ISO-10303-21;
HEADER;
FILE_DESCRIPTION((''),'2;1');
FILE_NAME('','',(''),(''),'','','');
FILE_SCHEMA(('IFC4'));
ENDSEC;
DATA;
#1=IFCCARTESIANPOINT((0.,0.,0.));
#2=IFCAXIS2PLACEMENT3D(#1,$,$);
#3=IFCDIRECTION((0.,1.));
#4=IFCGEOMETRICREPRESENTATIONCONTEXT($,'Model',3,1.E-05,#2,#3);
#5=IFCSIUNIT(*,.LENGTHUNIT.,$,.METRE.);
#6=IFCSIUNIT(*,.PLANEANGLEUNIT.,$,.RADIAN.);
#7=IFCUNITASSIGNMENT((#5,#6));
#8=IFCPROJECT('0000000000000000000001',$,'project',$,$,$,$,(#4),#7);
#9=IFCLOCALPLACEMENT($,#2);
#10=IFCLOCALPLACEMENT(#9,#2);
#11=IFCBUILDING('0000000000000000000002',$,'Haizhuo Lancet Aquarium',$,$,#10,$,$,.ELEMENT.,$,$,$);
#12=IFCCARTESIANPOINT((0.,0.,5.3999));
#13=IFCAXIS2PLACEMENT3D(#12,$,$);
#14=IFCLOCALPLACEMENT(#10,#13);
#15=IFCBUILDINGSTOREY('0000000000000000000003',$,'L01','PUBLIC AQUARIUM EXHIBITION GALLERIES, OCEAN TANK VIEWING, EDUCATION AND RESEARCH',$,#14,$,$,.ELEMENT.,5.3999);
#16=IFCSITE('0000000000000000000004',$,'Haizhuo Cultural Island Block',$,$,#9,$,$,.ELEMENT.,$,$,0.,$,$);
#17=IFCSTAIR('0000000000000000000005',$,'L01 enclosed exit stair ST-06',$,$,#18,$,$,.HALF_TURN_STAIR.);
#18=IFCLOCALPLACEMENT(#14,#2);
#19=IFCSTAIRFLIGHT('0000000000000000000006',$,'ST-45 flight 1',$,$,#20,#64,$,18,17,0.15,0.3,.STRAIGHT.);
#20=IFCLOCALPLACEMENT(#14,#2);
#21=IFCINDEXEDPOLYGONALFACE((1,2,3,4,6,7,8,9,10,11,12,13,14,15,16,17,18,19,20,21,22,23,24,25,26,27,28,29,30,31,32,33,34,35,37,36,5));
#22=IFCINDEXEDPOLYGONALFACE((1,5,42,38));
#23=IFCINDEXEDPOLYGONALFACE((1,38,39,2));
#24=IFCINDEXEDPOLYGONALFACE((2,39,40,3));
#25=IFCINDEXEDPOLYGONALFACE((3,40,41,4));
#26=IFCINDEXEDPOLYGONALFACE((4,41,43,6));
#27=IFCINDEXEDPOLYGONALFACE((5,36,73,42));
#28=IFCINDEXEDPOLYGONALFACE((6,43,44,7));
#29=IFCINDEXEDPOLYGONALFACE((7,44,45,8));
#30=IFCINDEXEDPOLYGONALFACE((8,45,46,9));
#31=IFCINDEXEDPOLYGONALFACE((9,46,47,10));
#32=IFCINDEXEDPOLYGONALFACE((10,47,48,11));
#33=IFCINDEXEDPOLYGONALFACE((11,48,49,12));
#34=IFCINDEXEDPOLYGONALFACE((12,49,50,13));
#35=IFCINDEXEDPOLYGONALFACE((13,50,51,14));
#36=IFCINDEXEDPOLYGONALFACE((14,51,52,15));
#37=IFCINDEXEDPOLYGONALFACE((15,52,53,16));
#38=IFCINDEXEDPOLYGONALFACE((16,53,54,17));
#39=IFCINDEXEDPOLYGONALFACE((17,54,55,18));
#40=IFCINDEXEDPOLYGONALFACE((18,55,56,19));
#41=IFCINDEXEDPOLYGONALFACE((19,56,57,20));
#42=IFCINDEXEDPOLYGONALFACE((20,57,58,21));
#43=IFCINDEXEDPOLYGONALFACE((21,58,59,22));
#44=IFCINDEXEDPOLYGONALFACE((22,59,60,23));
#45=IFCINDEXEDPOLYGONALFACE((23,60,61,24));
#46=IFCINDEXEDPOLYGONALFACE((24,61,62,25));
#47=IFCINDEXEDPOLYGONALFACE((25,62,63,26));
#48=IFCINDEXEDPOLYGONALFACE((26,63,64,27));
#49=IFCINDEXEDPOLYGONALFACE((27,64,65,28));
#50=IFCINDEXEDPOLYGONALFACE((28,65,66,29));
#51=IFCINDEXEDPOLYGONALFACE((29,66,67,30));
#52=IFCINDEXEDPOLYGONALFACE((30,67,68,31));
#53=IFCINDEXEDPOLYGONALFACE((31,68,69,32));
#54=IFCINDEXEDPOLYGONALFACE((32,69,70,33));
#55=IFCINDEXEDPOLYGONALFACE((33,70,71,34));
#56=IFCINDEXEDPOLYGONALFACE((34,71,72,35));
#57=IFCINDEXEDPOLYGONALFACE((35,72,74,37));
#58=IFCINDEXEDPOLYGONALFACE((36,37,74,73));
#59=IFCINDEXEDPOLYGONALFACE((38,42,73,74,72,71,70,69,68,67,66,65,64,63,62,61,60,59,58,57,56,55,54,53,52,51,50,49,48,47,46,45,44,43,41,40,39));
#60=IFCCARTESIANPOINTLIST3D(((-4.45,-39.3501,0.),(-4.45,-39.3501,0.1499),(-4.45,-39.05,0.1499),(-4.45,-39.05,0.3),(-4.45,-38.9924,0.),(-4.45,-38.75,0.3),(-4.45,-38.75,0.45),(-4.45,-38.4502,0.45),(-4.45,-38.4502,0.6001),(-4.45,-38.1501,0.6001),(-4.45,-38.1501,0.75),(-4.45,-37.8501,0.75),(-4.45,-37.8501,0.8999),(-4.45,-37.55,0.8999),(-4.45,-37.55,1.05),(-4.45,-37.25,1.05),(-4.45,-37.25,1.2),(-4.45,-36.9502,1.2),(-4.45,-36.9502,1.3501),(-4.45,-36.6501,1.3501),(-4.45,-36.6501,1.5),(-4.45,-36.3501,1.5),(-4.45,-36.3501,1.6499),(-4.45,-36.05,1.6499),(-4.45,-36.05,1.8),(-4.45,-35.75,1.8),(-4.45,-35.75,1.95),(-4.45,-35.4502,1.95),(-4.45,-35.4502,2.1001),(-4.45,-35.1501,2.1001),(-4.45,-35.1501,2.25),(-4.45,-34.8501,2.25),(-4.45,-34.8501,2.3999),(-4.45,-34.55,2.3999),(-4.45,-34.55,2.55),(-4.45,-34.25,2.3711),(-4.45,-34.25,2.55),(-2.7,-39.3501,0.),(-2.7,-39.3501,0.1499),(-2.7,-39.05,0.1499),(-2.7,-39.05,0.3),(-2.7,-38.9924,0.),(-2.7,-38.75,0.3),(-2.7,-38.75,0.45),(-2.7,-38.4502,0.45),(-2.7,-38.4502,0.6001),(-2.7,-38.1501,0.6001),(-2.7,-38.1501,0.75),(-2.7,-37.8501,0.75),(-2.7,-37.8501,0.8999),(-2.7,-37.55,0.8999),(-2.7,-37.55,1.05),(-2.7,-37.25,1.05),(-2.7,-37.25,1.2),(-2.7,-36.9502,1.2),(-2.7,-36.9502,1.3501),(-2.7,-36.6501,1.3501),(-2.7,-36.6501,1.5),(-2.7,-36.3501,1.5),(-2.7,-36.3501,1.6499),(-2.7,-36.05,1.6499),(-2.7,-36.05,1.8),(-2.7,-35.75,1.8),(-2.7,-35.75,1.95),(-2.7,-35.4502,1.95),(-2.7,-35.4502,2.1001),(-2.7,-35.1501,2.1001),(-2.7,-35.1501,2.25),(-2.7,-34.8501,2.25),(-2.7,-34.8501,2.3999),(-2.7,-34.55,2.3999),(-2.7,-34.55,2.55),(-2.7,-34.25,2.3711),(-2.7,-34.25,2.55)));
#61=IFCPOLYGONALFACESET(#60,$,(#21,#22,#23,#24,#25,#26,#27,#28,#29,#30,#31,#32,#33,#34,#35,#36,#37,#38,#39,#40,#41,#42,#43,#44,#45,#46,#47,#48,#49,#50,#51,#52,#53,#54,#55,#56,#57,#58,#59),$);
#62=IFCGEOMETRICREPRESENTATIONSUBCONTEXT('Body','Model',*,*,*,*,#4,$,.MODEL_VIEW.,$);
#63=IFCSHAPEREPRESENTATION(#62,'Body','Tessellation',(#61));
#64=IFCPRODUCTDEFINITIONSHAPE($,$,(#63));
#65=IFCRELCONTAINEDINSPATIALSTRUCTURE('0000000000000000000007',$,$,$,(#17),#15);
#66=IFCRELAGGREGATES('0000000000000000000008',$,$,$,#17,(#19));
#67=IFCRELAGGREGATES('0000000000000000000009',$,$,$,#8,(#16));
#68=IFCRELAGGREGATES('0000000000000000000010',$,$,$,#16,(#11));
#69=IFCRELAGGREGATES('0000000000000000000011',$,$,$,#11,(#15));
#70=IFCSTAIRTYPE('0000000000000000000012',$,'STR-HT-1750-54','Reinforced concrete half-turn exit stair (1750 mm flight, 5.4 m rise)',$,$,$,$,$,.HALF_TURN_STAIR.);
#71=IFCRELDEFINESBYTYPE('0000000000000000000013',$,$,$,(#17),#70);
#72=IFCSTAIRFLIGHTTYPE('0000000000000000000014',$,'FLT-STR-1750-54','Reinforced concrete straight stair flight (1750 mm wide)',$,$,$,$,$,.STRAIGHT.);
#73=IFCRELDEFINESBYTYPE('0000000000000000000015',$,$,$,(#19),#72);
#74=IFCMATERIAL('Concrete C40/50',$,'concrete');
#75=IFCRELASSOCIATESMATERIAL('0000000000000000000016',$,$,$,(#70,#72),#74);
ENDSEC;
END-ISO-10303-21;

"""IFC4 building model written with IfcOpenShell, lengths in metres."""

from ifc_helpers import new_model, si_unit, direction, frame, origin, place, context, subcontext, project, spatial, polyline, outline, extrude, material, type_object, element, aggregate, save


model = new_model("IFC4")

# Units and contexts
model_context = context("Model", 3, precision=1e-05, world=origin(), true_north=direction((0.0, 1.0)))
body_context = subcontext(model_context, "Body", "Model", "MODEL_VIEW")
ifc_project = project(units=[si_unit("LENGTHUNIT", "METRE"), si_unit("PLANEANGLEUNIT", "RADIAN")], contexts=[model_context])

# Site, building, storey
site_placement = place(None, origin())
site = spatial("IfcSite", under=ifc_project, at=site_placement, Name="Haizhuo Cultural Island Block", CompositionType="ELEMENT", RefElevation=0.0)
building_placement = place(site_placement, origin())
building = spatial("IfcBuilding", under=site, at=building_placement, Name="Haizhuo Lancet Aquarium", CompositionType="ELEMENT")
storey_placement = place(building_placement, frame((0.0, 0.0, 5.3999)))
storey = spatial("IfcBuildingStorey", under=building, at=storey_placement, Name="L01", Description="PUBLIC AQUARIUM EXHIBITION GALLERIES, OCEAN TANK VIEWING, EDUCATION AND RESEARCH", CompositionType="ELEMENT", Elevation=5.3999)

# Shared definitions
ifc_material_1 = material(Name="Concrete C40/50", Category="concrete")

# Stair, stair flight
stair_type = type_object("IfcStairType", Name="STR-HT-1750-54", Description="Reinforced concrete half-turn exit stair (1750 mm flight, 5.4 m rise)", PredefinedType="HALF_TURN_STAIR", material=ifc_material_1)
stair_placement = place(storey_placement, origin())
stair = element("IfcStair", 1, at=stair_placement, inside=storey, type_object=stair_type, Name="L01 enclosed exit stair ST-06", PredefinedType="HALF_TURN_STAIR")
stair_flight_type = type_object("IfcStairFlightType", Name="FLT-STR-1750-54", Description="Reinforced concrete straight stair flight (1750 mm wide)", PredefinedType="STRAIGHT", material=ifc_material_1)
stair_flight_placement = place(storey_placement, frame((-3.575, -39.3501, 0.0), z_axis=(0.0, 0.0, 1.0), x_axis=(0.0, 1.0, 0.0)))
stair_flight = element("IfcStairFlight", 2, at=stair_flight_placement, type_object=stair_flight_type, Name="ST-45 flight 1", NumberOfRisers=18, NumberOfTreads=17, PredefinedType="STRAIGHT", RiserHeight=0.15, TreadLength=0.3, context=body_context, shape_type="SweptSolid", body=[
    extrude(outline(polyline([(0.0, 0.0), (0.0, 0.1499), (0.3, 0.1499), (0.3, 0.3), (0.6001, 0.3), (0.6001, 0.45), (0.8999, 0.45), (0.8999, 0.6001), (1.2, 0.6001), (1.2, 0.75), (1.5, 0.75), (1.5, 0.8999), (1.8, 0.8999), (1.8, 1.05), (2.1001, 1.05), (2.1001, 1.2), (2.3999, 1.2), (2.3999, 1.3501), (2.7, 1.3501), (2.7, 1.5), (3.0, 1.5), (3.0, 1.6499), (3.3, 1.6499), (3.3, 1.8), (3.6001, 1.8), (3.6001, 1.95), (3.8999, 1.95), (3.8999, 2.1001), (4.2, 2.1001), (4.2, 2.25), (4.5, 2.25), (4.5, 2.3999), (4.8, 2.3999), (4.8, 2.55), (5.1001, 2.55), (5.1001, 2.7), (5.1001, 2.3711), (0.3577, 0.0), (0.0, 0.0)])), frame((0.0, 0.875, 0.0), z_axis=(0.0, -1.0, 0.0), x_axis=(1.0, 0.0, 0.0)), (0.0, 0.0, 1.0), 1.75),
])
aggregate(stair, [stair_flight])

save(model, "model.ifc")
